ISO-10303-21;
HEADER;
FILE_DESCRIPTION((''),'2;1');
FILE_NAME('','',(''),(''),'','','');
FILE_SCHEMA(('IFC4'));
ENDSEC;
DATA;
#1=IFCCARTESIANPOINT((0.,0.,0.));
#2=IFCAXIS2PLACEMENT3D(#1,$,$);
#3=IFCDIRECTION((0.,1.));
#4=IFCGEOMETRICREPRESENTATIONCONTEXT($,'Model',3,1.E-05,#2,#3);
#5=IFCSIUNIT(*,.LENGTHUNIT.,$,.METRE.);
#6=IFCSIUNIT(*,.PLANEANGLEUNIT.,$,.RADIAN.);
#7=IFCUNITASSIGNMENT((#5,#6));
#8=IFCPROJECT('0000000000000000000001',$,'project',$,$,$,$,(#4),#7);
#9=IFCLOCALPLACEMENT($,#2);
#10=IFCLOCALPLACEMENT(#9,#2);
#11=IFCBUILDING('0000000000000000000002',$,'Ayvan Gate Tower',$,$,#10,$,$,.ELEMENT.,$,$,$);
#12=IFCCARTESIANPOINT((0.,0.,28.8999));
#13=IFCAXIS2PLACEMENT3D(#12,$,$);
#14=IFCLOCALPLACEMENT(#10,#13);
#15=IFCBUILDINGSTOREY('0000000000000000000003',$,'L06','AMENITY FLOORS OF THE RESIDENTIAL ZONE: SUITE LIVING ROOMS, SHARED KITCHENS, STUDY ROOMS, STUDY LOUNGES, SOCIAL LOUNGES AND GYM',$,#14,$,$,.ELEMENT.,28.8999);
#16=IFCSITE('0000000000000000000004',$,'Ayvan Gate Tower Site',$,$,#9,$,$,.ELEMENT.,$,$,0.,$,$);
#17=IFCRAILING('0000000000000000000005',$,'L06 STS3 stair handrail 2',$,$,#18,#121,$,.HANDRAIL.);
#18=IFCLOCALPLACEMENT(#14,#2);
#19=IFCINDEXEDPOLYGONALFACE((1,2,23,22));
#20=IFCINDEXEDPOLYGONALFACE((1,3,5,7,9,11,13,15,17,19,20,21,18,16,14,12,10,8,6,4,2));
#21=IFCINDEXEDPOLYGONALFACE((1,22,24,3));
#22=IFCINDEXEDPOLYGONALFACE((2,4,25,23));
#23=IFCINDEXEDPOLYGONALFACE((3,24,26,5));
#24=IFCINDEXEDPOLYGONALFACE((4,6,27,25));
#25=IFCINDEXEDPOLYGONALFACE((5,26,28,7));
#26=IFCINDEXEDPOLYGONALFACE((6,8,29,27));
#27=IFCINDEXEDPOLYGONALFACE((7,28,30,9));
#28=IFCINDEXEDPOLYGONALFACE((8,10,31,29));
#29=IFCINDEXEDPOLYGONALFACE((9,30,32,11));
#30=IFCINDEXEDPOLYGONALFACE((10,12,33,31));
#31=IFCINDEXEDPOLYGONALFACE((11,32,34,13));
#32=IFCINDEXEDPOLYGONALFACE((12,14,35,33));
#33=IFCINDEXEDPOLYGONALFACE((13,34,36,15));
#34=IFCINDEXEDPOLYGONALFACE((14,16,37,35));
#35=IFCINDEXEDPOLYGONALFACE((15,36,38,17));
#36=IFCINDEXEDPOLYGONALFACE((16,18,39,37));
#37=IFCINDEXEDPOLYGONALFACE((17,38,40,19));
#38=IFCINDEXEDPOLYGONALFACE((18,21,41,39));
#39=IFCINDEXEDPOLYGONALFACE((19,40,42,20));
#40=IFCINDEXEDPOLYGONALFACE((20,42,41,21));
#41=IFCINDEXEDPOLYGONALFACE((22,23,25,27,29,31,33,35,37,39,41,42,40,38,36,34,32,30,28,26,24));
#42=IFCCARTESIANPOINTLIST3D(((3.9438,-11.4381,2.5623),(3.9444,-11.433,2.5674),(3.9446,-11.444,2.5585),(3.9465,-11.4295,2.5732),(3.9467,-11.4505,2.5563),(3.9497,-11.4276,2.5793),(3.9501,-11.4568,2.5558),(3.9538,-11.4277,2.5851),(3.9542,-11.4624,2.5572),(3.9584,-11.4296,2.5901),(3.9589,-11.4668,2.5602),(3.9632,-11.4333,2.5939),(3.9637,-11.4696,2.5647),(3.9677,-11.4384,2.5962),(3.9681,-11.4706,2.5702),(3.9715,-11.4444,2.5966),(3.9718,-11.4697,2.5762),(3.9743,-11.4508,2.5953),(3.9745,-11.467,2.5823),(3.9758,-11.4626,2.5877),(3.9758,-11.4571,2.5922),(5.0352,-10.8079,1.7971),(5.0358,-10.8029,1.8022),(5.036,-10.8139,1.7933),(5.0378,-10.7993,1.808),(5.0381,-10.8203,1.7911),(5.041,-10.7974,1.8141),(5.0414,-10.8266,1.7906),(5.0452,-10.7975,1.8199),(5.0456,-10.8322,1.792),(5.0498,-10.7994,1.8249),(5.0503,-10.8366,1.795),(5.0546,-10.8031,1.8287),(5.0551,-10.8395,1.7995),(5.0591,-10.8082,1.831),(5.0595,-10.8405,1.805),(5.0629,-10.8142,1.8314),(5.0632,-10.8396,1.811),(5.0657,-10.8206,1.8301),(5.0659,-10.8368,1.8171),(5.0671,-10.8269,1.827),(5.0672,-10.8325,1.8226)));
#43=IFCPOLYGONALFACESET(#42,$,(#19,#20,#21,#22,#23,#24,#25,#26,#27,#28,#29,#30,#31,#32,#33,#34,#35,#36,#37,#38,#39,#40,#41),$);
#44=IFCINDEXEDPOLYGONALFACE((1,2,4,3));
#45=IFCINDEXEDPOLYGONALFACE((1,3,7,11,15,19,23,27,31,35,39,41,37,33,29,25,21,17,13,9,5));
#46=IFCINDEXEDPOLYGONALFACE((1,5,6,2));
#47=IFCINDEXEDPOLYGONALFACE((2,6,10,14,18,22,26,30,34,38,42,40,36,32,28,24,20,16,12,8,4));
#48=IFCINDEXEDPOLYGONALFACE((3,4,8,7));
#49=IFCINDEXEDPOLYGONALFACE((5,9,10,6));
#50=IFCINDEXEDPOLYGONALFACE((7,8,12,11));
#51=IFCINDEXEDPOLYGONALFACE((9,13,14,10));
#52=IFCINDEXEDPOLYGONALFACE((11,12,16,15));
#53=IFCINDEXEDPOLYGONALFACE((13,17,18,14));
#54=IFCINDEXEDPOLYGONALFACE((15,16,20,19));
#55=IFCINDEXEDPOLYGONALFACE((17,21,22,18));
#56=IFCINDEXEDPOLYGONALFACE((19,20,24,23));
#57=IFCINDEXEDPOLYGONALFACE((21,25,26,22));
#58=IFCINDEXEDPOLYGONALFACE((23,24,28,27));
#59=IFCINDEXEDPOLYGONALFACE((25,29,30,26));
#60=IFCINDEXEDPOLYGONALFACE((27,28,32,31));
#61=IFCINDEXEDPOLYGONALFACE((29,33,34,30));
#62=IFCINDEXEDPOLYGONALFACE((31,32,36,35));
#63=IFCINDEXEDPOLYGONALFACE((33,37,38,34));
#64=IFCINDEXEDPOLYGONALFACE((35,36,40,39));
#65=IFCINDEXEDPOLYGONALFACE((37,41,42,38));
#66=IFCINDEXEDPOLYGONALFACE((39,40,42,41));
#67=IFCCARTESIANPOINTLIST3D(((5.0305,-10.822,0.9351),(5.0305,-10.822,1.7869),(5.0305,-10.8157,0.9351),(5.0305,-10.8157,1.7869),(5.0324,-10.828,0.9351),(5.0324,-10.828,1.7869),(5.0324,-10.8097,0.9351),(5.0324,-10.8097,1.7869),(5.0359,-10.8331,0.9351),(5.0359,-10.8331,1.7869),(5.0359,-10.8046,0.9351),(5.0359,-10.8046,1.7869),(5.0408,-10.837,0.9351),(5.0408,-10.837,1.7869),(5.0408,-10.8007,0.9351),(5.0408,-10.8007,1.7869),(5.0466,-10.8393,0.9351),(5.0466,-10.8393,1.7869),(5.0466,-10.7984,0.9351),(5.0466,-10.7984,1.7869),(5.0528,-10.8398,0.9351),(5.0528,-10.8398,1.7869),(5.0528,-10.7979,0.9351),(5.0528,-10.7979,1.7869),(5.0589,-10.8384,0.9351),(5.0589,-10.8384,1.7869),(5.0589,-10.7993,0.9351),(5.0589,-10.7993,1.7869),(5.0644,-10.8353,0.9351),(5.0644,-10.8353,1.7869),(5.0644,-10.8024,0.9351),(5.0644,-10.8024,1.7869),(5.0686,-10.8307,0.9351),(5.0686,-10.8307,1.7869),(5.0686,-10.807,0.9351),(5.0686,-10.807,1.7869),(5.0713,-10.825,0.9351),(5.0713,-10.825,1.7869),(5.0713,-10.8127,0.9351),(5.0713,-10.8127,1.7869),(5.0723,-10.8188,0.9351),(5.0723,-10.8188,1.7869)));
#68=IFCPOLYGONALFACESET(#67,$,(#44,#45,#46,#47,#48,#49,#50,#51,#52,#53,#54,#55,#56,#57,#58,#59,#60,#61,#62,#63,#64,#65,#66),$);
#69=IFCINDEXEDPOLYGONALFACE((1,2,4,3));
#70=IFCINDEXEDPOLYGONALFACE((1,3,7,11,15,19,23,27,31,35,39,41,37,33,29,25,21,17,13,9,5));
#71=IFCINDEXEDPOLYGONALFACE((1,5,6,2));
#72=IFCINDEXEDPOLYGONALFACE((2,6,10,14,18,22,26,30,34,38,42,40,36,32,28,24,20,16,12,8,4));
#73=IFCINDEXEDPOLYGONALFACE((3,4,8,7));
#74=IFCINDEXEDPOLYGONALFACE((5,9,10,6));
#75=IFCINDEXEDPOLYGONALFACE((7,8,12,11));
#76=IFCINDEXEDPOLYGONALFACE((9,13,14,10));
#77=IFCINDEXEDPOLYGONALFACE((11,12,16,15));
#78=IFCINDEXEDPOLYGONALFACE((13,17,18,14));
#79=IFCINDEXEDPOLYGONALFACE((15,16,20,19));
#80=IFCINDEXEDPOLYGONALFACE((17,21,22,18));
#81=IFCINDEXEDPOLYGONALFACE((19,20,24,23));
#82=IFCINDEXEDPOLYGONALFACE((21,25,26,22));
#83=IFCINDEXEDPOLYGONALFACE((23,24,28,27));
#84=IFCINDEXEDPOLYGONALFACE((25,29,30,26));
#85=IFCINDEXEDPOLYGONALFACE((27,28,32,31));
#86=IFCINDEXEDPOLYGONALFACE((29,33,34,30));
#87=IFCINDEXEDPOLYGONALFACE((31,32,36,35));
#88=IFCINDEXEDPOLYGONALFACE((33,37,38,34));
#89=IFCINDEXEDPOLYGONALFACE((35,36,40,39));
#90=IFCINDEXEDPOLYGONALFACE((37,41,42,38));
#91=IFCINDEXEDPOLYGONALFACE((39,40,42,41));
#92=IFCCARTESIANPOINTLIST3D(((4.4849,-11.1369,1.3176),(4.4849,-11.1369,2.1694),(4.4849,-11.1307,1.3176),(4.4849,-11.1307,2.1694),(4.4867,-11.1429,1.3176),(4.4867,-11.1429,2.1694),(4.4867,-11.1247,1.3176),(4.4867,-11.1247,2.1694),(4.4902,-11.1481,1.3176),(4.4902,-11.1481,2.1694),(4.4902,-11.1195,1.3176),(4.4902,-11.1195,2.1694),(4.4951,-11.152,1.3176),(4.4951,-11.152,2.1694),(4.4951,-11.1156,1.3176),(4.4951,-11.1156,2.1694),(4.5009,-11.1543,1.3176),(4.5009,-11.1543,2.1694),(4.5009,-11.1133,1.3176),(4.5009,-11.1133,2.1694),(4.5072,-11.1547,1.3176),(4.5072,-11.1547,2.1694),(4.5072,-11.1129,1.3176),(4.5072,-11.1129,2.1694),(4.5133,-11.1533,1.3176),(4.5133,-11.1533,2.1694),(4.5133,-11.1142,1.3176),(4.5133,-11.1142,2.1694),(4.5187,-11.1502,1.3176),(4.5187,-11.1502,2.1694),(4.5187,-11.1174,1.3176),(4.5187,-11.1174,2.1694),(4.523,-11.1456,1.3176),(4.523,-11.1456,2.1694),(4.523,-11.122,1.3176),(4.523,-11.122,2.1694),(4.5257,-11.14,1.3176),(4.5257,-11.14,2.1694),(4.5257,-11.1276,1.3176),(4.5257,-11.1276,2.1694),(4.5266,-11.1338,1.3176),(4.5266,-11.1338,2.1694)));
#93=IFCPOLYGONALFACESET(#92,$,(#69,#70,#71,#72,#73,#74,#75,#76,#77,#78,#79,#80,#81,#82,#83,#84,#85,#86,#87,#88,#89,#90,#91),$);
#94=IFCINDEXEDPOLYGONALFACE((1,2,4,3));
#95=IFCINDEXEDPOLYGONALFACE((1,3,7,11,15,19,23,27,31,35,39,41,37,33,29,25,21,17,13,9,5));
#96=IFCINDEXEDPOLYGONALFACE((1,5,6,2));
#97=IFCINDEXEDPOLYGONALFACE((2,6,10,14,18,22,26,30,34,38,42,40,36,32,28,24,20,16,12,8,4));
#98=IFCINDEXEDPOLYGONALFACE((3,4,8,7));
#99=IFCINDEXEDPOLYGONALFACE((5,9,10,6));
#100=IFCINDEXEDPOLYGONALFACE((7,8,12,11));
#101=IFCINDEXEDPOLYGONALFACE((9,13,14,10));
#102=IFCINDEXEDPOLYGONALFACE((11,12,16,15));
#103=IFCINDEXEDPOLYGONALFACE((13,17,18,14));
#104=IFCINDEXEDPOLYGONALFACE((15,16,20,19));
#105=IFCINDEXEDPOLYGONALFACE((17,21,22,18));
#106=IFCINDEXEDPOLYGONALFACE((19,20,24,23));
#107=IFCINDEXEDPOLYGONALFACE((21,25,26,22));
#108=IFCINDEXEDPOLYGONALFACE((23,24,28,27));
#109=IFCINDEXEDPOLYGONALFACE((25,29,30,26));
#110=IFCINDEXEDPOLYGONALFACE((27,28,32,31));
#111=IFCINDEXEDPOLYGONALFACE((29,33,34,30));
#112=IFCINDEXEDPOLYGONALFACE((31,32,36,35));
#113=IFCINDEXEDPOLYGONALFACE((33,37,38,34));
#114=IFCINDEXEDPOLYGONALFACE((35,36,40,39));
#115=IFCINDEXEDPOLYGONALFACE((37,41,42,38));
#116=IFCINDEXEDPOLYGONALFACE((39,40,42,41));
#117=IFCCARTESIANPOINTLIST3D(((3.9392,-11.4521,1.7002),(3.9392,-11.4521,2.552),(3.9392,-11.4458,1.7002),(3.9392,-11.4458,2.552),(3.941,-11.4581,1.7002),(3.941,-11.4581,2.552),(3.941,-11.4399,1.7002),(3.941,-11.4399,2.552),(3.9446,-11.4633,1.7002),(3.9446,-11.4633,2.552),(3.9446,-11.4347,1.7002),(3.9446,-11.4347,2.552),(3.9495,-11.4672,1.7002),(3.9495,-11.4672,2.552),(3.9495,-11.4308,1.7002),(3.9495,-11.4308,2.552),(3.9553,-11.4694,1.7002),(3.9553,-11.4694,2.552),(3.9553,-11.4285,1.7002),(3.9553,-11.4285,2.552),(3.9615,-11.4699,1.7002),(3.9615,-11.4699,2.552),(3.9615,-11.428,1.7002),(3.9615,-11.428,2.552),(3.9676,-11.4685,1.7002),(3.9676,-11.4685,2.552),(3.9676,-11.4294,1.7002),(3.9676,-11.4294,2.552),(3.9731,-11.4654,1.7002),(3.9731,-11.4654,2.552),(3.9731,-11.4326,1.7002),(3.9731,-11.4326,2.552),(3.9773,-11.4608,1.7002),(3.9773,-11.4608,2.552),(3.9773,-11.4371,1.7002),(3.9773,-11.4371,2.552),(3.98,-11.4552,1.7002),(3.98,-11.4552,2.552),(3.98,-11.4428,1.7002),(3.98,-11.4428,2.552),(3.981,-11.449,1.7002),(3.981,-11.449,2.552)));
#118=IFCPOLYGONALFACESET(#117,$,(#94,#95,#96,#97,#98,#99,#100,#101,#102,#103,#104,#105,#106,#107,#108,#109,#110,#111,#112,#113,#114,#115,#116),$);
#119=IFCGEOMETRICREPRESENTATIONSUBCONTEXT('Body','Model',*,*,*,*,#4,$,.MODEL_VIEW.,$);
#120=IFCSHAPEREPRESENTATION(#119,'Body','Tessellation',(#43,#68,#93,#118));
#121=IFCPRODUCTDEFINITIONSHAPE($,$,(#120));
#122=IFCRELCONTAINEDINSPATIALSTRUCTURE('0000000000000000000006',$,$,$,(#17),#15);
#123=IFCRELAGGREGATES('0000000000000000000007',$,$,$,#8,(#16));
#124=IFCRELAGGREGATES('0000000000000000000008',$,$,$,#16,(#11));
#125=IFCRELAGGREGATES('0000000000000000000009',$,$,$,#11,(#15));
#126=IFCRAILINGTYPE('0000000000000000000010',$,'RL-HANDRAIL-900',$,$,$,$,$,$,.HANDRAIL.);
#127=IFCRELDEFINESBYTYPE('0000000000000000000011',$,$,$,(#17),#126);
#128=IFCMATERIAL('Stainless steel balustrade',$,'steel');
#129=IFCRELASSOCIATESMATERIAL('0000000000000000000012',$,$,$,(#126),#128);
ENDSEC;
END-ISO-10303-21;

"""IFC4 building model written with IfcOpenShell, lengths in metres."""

from ifc_helpers import new_model, si_unit, direction, frame, origin, origin_2d, place, context, subcontext, project, spatial, circle, extrude, material, type_object, element, save


model = new_model("IFC4")

# Units and contexts
model_context = context("Model", 3, precision=1e-05, world=origin(), true_north=direction((0.0, 1.0)))
body_context = subcontext(model_context, "Body", "Model", "MODEL_VIEW")
ifc_project = project(units=[si_unit("LENGTHUNIT", "METRE"), si_unit("PLANEANGLEUNIT", "RADIAN")], contexts=[model_context])

# Site, building, storey
site_placement = place(None, origin())
site = spatial("IfcSite", under=ifc_project, at=site_placement, Name="Ayvan Gate Tower Site", CompositionType="ELEMENT", RefElevation=0.0)
building_placement = place(site_placement, origin())
building = spatial("IfcBuilding", under=site, at=building_placement, Name="Ayvan Gate Tower", CompositionType="ELEMENT")
storey_placement = place(building_placement, frame((0.0, 0.0, 28.8999)))
storey = spatial("IfcBuildingStorey", under=building, at=storey_placement, Name="L06", Description="AMENITY FLOORS OF THE RESIDENTIAL ZONE: SUITE LIVING ROOMS, SHARED KITCHENS, STUDY ROOMS, STUDY LOUNGES, SOCIAL LOUNGES AND GYM", CompositionType="ELEMENT", Elevation=28.8999)

# Railing
ifc_material_1 = material(Name="Stainless steel balustrade", Category="steel")
railing_type_1 = type_object("IfcRailingType", Name="RL-HANDRAIL-900", PredefinedType="HANDRAIL", material=ifc_material_1)
railing_1_placement = place(storey_placement, frame((5.0513, -10.8188, 0.9351)))
element("IfcRailing", 1, at=railing_1_placement, inside=storey, type_object=railing_type_1, Name="L06 STS3 stair handrail 2", PredefinedType="HANDRAIL", context=body_context, shape_type="SweptSolid", body=[
    extrude(circle(Radius=0.0239, at=origin_2d()), frame((0.0, 0.0, 0.876), z_axis=(-0.740241, -0.427419, 0.518996), x_axis=(0.500035, -0.866005, 0.0)), (0.0, 0.0, 1.0), 1.4744),
    extrude(circle(Radius=0.021, at=origin_2d()), origin(), (0.0, 0.0, 1.0), 0.8518),
    extrude(circle(Radius=0.021, at=origin_2d()), frame((-0.5457, -0.3149, 0.3826)), (0.0, 0.0, 1.0), 0.8518),
    extrude(circle(Radius=0.021, at=origin_2d()), frame((-1.0913, -0.6301, 0.7651)), (0.0, 0.0, 1.0), 0.8518),
])

save(model, "model.ifc")
